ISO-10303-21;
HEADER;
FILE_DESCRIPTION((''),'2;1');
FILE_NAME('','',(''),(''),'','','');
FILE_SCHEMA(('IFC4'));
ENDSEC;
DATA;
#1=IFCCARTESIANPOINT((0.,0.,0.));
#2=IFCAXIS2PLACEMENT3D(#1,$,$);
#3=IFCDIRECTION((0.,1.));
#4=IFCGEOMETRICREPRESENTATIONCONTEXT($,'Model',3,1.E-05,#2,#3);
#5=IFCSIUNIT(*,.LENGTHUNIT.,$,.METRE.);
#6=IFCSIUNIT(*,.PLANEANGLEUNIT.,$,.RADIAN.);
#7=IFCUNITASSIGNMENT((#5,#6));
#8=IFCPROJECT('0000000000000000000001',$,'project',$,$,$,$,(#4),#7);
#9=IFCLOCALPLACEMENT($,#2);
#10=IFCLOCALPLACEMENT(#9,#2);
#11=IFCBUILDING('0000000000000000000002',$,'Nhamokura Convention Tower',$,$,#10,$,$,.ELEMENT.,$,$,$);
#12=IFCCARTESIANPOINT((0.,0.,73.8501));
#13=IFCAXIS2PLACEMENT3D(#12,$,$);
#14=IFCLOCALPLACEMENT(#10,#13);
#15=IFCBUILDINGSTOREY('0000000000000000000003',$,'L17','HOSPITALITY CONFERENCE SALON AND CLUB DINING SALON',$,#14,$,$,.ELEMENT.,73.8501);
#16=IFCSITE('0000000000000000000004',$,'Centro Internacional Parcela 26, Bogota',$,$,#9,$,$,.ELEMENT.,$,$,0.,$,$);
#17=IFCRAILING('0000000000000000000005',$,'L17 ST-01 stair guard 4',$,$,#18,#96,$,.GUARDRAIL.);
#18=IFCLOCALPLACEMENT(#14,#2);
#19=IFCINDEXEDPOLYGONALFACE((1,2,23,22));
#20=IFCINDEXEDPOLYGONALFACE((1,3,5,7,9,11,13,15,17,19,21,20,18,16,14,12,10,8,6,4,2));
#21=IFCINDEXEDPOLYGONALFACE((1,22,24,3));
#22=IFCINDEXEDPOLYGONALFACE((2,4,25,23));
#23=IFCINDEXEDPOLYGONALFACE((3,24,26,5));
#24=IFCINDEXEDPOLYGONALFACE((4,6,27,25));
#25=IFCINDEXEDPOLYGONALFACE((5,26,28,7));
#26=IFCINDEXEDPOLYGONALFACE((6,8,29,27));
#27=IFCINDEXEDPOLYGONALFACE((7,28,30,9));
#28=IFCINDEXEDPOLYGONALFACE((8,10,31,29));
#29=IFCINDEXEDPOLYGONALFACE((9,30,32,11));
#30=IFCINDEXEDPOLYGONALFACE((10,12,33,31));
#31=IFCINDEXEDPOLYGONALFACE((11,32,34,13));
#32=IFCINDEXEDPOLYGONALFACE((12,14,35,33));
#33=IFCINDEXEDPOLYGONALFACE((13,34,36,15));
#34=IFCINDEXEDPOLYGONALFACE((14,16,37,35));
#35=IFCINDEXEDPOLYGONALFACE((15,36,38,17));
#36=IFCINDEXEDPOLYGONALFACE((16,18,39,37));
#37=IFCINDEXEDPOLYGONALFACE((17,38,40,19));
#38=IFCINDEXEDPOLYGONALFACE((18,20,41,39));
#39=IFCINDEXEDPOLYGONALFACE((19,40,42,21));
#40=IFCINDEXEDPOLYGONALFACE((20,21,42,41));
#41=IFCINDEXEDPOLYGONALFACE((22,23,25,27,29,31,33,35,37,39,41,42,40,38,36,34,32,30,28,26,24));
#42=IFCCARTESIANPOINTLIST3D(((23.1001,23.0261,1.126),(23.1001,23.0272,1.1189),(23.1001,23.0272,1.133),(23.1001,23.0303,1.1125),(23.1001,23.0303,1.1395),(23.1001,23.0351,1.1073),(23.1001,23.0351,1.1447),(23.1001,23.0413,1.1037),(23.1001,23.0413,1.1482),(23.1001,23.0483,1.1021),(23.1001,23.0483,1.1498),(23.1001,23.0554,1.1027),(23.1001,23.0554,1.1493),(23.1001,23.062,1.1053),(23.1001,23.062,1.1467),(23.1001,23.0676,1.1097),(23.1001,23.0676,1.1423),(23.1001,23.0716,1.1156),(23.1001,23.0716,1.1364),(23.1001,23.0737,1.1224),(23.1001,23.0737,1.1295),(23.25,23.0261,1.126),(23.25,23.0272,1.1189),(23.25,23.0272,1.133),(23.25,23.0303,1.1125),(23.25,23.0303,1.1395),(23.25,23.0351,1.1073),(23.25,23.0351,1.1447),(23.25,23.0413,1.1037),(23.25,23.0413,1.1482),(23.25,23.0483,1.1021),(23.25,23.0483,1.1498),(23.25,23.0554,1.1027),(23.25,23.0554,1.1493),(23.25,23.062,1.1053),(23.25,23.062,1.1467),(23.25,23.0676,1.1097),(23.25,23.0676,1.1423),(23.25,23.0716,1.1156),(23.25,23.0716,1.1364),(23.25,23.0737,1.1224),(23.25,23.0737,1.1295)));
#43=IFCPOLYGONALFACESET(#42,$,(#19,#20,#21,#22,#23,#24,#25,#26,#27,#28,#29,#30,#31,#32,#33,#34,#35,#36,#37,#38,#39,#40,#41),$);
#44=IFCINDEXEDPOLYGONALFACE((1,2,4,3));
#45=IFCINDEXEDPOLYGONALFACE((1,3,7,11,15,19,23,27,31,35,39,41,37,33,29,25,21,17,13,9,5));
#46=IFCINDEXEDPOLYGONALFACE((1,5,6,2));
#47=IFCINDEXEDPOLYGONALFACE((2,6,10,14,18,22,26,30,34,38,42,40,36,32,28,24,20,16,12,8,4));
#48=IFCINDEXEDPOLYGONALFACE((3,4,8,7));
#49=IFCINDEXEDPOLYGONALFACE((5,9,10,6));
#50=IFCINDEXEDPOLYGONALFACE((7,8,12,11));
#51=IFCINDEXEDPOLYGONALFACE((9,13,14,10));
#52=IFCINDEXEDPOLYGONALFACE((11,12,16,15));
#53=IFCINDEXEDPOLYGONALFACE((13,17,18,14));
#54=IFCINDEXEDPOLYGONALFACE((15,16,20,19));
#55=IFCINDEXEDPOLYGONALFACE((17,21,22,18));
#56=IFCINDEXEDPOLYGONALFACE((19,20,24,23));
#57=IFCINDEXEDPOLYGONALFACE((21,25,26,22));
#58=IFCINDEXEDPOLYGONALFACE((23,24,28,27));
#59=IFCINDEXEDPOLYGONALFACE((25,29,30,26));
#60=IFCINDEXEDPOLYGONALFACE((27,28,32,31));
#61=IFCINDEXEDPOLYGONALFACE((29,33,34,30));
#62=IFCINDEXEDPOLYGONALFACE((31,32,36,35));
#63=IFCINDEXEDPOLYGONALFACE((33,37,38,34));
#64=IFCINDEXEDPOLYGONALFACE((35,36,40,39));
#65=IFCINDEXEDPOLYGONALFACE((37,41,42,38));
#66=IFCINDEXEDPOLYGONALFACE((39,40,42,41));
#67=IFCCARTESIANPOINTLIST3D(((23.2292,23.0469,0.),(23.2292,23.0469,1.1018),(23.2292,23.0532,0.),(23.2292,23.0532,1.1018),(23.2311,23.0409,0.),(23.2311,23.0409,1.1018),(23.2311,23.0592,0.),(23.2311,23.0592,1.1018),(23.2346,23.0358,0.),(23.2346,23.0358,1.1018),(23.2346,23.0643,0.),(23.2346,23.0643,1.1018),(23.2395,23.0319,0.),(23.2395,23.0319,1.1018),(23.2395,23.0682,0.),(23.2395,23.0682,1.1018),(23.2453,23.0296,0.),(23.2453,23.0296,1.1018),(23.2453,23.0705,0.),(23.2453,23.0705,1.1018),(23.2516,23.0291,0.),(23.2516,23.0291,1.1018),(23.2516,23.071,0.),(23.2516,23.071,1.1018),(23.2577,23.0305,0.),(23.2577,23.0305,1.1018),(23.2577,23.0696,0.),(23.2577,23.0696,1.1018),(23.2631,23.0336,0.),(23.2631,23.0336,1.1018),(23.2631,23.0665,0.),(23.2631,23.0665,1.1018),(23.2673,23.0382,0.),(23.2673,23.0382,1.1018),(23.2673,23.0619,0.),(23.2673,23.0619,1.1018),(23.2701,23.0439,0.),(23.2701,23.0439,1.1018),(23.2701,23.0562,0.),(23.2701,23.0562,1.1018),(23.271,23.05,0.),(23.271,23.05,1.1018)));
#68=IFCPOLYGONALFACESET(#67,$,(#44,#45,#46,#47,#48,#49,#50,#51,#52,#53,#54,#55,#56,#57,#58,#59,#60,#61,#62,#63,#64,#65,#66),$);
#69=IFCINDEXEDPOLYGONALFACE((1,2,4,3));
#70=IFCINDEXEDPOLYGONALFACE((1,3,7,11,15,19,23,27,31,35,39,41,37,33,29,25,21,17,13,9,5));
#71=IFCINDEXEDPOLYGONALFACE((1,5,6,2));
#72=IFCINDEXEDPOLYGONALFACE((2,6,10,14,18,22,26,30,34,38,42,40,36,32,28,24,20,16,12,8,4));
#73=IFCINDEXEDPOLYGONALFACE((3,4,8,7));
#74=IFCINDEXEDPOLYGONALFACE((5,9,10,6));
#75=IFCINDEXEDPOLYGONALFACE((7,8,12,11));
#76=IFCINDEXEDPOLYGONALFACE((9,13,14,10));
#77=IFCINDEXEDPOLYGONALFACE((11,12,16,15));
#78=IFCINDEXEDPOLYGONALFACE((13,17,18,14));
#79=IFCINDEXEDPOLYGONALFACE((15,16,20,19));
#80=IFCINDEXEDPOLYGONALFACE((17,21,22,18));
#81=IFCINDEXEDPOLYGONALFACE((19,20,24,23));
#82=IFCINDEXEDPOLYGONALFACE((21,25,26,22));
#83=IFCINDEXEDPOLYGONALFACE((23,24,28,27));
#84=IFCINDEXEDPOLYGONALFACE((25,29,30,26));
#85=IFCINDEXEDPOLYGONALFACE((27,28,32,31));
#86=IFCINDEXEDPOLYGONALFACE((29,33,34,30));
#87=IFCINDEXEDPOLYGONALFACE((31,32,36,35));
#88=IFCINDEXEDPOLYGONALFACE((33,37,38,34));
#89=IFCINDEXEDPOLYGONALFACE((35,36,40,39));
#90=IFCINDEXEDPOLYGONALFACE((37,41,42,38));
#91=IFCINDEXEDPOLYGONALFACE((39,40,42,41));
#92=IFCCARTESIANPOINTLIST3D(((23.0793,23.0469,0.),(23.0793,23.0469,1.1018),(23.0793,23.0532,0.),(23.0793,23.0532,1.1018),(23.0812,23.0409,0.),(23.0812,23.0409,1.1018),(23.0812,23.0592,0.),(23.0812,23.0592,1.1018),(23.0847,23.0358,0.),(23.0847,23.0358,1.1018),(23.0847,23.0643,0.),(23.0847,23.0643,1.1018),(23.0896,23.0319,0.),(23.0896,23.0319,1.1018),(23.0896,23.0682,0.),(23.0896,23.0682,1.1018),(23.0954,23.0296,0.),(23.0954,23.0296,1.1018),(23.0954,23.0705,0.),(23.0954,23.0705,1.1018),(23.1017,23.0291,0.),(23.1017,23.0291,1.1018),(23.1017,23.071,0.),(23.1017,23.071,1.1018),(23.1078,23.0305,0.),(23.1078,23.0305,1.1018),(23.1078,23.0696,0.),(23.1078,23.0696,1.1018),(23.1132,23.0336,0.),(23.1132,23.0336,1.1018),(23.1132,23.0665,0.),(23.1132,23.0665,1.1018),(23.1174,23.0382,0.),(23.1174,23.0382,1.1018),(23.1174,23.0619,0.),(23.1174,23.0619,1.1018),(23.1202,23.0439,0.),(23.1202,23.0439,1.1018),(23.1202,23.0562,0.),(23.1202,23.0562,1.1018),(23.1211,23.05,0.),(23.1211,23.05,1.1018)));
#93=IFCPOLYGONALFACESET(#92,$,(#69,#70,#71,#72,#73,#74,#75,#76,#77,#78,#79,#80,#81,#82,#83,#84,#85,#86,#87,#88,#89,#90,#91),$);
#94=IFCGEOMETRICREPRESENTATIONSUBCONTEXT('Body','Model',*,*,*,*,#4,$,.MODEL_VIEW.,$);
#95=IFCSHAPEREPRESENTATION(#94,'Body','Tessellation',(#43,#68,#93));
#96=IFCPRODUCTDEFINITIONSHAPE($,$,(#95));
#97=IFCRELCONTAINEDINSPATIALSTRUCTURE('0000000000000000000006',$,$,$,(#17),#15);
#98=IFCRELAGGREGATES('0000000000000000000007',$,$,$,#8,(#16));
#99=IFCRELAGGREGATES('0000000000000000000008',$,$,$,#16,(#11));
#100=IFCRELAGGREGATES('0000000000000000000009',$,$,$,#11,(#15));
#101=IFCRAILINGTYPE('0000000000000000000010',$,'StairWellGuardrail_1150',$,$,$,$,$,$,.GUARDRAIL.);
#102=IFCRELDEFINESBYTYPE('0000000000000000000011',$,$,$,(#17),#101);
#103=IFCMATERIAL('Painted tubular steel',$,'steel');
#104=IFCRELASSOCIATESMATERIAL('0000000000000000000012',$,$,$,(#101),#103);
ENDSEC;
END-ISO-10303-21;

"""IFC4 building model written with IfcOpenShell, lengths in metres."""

from ifc_helpers import new_model, si_unit, direction, frame, origin, origin_2d, place, context, subcontext, project, spatial, circle, extrude, material, type_object, element, save


model = new_model("IFC4")

# Units and contexts
model_context = context("Model", 3, precision=1e-05, world=origin(), true_north=direction((0.0, 1.0)))
body_context = subcontext(model_context, "Body", "Model", "MODEL_VIEW")
ifc_project = project(units=[si_unit("LENGTHUNIT", "METRE"), si_unit("PLANEANGLEUNIT", "RADIAN")], contexts=[model_context])

# Site, building, storey
site_placement = place(None, origin())
site = spatial("IfcSite", under=ifc_project, at=site_placement, Name="Centro Internacional Parcela 26, Bogota", CompositionType="ELEMENT", RefElevation=0.0)
building_placement = place(site_placement, origin())
building = spatial("IfcBuilding", under=site, at=building_placement, Name="Nhamokura Convention Tower", CompositionType="ELEMENT")
storey_placement = place(building_placement, frame((0.0, 0.0, 73.8501)))
storey = spatial("IfcBuildingStorey", under=building, at=storey_placement, Name="L17", Description="HOSPITALITY CONFERENCE SALON AND CLUB DINING SALON", CompositionType="ELEMENT", Elevation=73.8501)

# Railing
ifc_material_1 = material(Name="Painted tubular steel", Category="steel")
railing_type_1 = type_object("IfcRailingType", Name="StairWellGuardrail_1150", PredefinedType="GUARDRAIL", material=ifc_material_1)
railing_1_placement = place(storey_placement, frame((23.25, 23.05, 0.0)))
element("IfcRailing", 1, at=railing_1_placement, inside=storey, type_object=railing_type_1, Name="L17 ST-01 stair guard 4", PredefinedType="GUARDRAIL", context=body_context, shape_type="SweptSolid", body=[
    extrude(circle(Radius=0.0239, at=origin_2d()), frame((0.0, 0.0, 1.126), z_axis=(-1.0, 0.0, 0.0), x_axis=(0.0, -1.0, 0.0)), (0.0, 0.0, 1.0), 0.1499),
    extrude(circle(Radius=0.021, at=origin_2d()), origin(), (0.0, 0.0, 1.0), 1.1018),
    extrude(circle(Radius=0.021, at=origin_2d()), frame((-0.1499, 0.0, 0.0)), (0.0, 0.0, 1.0), 1.1018),
])

save(model, "model.ifc")
